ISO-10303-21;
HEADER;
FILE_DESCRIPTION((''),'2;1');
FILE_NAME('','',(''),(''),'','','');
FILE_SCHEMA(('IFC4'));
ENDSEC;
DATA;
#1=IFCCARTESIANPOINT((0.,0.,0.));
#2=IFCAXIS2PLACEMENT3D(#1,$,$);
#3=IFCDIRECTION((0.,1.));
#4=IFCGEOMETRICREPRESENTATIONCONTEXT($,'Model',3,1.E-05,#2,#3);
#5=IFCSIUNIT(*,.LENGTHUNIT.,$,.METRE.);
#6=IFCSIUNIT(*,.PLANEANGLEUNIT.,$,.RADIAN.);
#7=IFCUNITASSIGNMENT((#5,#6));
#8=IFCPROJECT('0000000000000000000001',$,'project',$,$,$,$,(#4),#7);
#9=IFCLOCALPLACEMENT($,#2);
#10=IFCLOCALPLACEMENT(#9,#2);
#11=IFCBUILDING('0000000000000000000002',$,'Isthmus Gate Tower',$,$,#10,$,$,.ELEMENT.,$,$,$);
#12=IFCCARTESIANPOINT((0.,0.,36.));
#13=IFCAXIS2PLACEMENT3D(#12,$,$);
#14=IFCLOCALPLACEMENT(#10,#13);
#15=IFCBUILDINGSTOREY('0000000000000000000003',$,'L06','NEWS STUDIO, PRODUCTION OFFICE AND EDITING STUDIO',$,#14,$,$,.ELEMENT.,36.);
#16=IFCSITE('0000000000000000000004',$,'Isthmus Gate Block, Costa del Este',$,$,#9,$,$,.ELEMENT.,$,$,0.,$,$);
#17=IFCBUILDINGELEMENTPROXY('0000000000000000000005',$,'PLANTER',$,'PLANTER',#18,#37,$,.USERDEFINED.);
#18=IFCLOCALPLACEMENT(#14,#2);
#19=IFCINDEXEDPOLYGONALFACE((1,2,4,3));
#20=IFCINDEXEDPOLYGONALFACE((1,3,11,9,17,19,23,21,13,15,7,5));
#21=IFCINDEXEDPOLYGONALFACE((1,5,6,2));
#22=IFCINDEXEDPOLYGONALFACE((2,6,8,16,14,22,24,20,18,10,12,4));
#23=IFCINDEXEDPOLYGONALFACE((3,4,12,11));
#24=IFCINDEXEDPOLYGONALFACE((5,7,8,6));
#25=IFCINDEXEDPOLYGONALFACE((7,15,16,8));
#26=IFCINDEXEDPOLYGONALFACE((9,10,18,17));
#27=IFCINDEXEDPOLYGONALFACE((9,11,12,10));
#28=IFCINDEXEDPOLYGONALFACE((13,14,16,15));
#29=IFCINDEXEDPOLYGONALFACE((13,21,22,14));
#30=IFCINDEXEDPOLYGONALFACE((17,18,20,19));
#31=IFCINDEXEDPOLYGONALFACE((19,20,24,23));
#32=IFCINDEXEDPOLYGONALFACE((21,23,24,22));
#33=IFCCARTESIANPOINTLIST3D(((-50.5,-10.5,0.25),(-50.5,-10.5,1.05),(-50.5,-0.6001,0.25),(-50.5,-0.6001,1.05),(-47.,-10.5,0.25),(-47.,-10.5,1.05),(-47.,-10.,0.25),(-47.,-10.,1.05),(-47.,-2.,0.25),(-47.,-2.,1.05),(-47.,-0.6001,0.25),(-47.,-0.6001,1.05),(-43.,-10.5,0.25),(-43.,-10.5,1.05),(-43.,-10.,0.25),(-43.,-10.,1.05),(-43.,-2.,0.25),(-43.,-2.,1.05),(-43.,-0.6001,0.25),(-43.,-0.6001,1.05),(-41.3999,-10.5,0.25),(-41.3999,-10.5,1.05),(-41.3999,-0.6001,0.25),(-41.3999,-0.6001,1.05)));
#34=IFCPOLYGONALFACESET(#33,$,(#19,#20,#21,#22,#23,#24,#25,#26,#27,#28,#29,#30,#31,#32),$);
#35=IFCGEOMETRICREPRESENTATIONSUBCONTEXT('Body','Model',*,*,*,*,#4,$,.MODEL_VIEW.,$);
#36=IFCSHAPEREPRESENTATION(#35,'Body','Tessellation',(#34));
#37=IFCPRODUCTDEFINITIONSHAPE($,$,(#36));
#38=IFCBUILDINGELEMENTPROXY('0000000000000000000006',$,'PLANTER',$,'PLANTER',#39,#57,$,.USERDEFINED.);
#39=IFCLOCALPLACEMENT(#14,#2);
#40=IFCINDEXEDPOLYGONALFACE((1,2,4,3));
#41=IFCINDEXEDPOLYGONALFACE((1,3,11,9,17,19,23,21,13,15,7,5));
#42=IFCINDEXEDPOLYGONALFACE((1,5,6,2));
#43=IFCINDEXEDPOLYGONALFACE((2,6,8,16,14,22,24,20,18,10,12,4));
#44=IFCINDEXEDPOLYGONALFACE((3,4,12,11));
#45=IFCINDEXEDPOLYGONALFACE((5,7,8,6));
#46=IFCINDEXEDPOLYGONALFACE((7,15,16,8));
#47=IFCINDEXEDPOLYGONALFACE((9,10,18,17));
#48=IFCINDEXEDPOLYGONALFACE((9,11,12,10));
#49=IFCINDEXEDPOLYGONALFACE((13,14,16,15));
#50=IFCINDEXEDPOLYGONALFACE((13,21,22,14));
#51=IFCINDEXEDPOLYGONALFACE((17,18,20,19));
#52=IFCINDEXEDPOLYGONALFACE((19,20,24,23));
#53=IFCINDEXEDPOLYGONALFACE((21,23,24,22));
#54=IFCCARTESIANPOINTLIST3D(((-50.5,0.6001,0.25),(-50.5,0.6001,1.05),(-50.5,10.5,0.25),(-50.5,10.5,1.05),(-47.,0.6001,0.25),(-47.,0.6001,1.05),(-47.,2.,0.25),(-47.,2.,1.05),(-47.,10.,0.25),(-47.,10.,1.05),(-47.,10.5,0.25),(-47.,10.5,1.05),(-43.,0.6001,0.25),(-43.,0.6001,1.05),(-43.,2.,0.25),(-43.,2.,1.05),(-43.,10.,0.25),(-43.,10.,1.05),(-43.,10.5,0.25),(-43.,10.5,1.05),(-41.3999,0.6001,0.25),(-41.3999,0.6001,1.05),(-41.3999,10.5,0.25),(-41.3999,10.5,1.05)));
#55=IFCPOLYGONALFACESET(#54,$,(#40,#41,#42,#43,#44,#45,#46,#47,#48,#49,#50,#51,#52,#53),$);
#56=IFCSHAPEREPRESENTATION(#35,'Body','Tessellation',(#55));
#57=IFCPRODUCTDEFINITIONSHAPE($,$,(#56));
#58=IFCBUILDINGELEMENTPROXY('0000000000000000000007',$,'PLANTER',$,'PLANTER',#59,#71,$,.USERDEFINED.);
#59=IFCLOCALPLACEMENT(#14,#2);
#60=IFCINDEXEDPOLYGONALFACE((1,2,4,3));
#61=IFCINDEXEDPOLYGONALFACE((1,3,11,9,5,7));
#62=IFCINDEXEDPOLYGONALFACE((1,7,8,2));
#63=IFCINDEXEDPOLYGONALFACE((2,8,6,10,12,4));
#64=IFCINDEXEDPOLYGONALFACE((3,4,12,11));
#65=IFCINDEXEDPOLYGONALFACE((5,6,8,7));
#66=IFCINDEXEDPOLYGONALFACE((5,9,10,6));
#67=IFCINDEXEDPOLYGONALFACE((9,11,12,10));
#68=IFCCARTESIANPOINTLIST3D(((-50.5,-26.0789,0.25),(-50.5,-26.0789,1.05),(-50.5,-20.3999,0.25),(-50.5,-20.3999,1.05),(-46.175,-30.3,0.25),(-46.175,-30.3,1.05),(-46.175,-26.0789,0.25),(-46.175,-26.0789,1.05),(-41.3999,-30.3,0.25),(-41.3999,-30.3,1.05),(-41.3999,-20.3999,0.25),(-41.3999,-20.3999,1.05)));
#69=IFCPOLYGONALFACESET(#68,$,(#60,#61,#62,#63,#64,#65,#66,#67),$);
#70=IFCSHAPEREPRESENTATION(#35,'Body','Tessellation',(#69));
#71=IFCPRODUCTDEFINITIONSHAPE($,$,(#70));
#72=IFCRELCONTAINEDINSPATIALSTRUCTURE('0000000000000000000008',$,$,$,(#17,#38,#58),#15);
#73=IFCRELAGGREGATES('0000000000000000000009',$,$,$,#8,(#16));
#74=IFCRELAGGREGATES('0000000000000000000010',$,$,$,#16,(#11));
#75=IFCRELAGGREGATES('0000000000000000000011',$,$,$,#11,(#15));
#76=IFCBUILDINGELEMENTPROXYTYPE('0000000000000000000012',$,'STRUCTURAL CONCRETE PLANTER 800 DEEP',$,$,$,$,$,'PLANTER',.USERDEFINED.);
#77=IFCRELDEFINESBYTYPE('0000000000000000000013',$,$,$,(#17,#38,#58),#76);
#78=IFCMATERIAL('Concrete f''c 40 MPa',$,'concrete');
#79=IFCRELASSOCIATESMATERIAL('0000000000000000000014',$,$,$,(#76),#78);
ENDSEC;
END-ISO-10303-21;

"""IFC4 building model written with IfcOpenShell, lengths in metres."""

from ifc_helpers import new_model, si_unit, direction, frame, origin, place, context, subcontext, project, spatial, polyline, outline, extrude, material, type_object, element, save


model = new_model("IFC4")

# Units and contexts
model_context = context("Model", 3, precision=1e-05, world=origin(), true_north=direction((0.0, 1.0)))
body_context = subcontext(model_context, "Body", "Model", "MODEL_VIEW")
ifc_project = project(units=[si_unit("LENGTHUNIT", "METRE"), si_unit("PLANEANGLEUNIT", "RADIAN")], contexts=[model_context])

# Site, building, storey
site_placement = place(None, origin())
site = spatial("IfcSite", under=ifc_project, at=site_placement, Name="Isthmus Gate Block, Costa del Este", CompositionType="ELEMENT", RefElevation=0.0)
building_placement = place(site_placement, origin())
building = spatial("IfcBuilding", under=site, at=building_placement, Name="Isthmus Gate Tower", CompositionType="ELEMENT")
storey_placement = place(building_placement, frame((0.0, 0.0, 36.0)))
storey = spatial("IfcBuildingStorey", under=building, at=storey_placement, Name="L06", Description="NEWS STUDIO, PRODUCTION OFFICE AND EDITING STUDIO", CompositionType="ELEMENT", Elevation=36.0)

# Building element proxies
ifc_material_1 = material(Name="Concrete f'c 40 MPa", Category="concrete")
building_element_proxy_type = type_object("IfcBuildingElementProxyType", Name="STRUCTURAL CONCRETE PLANTER 800 DEEP", ElementType="PLANTER", PredefinedType="USERDEFINED", material=ifc_material_1)
proxy_1_placement = place(storey_placement, frame((0.0, 0.0, 0.25)))
element("IfcBuildingElementProxy", 1, at=proxy_1_placement, inside=storey, type_object=building_element_proxy_type, Name="PLANTER", ObjectType="PLANTER", PredefinedType="USERDEFINED", context=body_context, shape_type="SweptSolid", body=[
    extrude(outline(polyline([(-41.3999, -0.6001), (-43.0, -0.6001), (-43.0, -2.0), (-47.0, -2.0), (-47.0, -0.6001), (-50.5, -0.6001), (-50.5, -10.5), (-47.0, -10.5), (-47.0, -10.0), (-43.0, -10.0), (-43.0, -10.5), (-41.3999, -10.5), (-41.3999, -0.6001)])), origin(), (0.0, 0.0, 1.0), 0.8),
])
proxy_2_placement = place(storey_placement, frame((0.0, 0.0, 0.25)))
element("IfcBuildingElementProxy", 2, at=proxy_2_placement, inside=storey, type_object=building_element_proxy_type, Name="PLANTER", ObjectType="PLANTER", PredefinedType="USERDEFINED", context=body_context, shape_type="SweptSolid", body=[
    extrude(outline(polyline([(-41.3999, 10.5), (-43.0, 10.5), (-43.0, 10.0), (-47.0, 10.0), (-47.0, 10.5), (-50.5, 10.5), (-50.5, 0.6001), (-47.0, 0.6001), (-47.0, 2.0), (-43.0, 2.0), (-43.0, 0.6001), (-41.3999, 0.6001), (-41.3999, 10.5)])), origin(), (0.0, 0.0, 1.0), 0.8),
])
proxy_3_placement = place(storey_placement, frame((0.0, 0.0, 0.25)))
element("IfcBuildingElementProxy", 3, at=proxy_3_placement, inside=storey, type_object=building_element_proxy_type, Name="PLANTER", ObjectType="PLANTER", PredefinedType="USERDEFINED", context=body_context, shape_type="SweptSolid", body=[
    extrude(outline(polyline([(-41.3999, -20.3999), (-50.5, -20.3999), (-50.5, -26.0789), (-46.175, -26.0789), (-46.175, -30.3), (-41.3999, -30.3), (-41.3999, -20.3999)])), origin(), (0.0, 0.0, 1.0), 0.8),
])

save(model, "model.ifc")
